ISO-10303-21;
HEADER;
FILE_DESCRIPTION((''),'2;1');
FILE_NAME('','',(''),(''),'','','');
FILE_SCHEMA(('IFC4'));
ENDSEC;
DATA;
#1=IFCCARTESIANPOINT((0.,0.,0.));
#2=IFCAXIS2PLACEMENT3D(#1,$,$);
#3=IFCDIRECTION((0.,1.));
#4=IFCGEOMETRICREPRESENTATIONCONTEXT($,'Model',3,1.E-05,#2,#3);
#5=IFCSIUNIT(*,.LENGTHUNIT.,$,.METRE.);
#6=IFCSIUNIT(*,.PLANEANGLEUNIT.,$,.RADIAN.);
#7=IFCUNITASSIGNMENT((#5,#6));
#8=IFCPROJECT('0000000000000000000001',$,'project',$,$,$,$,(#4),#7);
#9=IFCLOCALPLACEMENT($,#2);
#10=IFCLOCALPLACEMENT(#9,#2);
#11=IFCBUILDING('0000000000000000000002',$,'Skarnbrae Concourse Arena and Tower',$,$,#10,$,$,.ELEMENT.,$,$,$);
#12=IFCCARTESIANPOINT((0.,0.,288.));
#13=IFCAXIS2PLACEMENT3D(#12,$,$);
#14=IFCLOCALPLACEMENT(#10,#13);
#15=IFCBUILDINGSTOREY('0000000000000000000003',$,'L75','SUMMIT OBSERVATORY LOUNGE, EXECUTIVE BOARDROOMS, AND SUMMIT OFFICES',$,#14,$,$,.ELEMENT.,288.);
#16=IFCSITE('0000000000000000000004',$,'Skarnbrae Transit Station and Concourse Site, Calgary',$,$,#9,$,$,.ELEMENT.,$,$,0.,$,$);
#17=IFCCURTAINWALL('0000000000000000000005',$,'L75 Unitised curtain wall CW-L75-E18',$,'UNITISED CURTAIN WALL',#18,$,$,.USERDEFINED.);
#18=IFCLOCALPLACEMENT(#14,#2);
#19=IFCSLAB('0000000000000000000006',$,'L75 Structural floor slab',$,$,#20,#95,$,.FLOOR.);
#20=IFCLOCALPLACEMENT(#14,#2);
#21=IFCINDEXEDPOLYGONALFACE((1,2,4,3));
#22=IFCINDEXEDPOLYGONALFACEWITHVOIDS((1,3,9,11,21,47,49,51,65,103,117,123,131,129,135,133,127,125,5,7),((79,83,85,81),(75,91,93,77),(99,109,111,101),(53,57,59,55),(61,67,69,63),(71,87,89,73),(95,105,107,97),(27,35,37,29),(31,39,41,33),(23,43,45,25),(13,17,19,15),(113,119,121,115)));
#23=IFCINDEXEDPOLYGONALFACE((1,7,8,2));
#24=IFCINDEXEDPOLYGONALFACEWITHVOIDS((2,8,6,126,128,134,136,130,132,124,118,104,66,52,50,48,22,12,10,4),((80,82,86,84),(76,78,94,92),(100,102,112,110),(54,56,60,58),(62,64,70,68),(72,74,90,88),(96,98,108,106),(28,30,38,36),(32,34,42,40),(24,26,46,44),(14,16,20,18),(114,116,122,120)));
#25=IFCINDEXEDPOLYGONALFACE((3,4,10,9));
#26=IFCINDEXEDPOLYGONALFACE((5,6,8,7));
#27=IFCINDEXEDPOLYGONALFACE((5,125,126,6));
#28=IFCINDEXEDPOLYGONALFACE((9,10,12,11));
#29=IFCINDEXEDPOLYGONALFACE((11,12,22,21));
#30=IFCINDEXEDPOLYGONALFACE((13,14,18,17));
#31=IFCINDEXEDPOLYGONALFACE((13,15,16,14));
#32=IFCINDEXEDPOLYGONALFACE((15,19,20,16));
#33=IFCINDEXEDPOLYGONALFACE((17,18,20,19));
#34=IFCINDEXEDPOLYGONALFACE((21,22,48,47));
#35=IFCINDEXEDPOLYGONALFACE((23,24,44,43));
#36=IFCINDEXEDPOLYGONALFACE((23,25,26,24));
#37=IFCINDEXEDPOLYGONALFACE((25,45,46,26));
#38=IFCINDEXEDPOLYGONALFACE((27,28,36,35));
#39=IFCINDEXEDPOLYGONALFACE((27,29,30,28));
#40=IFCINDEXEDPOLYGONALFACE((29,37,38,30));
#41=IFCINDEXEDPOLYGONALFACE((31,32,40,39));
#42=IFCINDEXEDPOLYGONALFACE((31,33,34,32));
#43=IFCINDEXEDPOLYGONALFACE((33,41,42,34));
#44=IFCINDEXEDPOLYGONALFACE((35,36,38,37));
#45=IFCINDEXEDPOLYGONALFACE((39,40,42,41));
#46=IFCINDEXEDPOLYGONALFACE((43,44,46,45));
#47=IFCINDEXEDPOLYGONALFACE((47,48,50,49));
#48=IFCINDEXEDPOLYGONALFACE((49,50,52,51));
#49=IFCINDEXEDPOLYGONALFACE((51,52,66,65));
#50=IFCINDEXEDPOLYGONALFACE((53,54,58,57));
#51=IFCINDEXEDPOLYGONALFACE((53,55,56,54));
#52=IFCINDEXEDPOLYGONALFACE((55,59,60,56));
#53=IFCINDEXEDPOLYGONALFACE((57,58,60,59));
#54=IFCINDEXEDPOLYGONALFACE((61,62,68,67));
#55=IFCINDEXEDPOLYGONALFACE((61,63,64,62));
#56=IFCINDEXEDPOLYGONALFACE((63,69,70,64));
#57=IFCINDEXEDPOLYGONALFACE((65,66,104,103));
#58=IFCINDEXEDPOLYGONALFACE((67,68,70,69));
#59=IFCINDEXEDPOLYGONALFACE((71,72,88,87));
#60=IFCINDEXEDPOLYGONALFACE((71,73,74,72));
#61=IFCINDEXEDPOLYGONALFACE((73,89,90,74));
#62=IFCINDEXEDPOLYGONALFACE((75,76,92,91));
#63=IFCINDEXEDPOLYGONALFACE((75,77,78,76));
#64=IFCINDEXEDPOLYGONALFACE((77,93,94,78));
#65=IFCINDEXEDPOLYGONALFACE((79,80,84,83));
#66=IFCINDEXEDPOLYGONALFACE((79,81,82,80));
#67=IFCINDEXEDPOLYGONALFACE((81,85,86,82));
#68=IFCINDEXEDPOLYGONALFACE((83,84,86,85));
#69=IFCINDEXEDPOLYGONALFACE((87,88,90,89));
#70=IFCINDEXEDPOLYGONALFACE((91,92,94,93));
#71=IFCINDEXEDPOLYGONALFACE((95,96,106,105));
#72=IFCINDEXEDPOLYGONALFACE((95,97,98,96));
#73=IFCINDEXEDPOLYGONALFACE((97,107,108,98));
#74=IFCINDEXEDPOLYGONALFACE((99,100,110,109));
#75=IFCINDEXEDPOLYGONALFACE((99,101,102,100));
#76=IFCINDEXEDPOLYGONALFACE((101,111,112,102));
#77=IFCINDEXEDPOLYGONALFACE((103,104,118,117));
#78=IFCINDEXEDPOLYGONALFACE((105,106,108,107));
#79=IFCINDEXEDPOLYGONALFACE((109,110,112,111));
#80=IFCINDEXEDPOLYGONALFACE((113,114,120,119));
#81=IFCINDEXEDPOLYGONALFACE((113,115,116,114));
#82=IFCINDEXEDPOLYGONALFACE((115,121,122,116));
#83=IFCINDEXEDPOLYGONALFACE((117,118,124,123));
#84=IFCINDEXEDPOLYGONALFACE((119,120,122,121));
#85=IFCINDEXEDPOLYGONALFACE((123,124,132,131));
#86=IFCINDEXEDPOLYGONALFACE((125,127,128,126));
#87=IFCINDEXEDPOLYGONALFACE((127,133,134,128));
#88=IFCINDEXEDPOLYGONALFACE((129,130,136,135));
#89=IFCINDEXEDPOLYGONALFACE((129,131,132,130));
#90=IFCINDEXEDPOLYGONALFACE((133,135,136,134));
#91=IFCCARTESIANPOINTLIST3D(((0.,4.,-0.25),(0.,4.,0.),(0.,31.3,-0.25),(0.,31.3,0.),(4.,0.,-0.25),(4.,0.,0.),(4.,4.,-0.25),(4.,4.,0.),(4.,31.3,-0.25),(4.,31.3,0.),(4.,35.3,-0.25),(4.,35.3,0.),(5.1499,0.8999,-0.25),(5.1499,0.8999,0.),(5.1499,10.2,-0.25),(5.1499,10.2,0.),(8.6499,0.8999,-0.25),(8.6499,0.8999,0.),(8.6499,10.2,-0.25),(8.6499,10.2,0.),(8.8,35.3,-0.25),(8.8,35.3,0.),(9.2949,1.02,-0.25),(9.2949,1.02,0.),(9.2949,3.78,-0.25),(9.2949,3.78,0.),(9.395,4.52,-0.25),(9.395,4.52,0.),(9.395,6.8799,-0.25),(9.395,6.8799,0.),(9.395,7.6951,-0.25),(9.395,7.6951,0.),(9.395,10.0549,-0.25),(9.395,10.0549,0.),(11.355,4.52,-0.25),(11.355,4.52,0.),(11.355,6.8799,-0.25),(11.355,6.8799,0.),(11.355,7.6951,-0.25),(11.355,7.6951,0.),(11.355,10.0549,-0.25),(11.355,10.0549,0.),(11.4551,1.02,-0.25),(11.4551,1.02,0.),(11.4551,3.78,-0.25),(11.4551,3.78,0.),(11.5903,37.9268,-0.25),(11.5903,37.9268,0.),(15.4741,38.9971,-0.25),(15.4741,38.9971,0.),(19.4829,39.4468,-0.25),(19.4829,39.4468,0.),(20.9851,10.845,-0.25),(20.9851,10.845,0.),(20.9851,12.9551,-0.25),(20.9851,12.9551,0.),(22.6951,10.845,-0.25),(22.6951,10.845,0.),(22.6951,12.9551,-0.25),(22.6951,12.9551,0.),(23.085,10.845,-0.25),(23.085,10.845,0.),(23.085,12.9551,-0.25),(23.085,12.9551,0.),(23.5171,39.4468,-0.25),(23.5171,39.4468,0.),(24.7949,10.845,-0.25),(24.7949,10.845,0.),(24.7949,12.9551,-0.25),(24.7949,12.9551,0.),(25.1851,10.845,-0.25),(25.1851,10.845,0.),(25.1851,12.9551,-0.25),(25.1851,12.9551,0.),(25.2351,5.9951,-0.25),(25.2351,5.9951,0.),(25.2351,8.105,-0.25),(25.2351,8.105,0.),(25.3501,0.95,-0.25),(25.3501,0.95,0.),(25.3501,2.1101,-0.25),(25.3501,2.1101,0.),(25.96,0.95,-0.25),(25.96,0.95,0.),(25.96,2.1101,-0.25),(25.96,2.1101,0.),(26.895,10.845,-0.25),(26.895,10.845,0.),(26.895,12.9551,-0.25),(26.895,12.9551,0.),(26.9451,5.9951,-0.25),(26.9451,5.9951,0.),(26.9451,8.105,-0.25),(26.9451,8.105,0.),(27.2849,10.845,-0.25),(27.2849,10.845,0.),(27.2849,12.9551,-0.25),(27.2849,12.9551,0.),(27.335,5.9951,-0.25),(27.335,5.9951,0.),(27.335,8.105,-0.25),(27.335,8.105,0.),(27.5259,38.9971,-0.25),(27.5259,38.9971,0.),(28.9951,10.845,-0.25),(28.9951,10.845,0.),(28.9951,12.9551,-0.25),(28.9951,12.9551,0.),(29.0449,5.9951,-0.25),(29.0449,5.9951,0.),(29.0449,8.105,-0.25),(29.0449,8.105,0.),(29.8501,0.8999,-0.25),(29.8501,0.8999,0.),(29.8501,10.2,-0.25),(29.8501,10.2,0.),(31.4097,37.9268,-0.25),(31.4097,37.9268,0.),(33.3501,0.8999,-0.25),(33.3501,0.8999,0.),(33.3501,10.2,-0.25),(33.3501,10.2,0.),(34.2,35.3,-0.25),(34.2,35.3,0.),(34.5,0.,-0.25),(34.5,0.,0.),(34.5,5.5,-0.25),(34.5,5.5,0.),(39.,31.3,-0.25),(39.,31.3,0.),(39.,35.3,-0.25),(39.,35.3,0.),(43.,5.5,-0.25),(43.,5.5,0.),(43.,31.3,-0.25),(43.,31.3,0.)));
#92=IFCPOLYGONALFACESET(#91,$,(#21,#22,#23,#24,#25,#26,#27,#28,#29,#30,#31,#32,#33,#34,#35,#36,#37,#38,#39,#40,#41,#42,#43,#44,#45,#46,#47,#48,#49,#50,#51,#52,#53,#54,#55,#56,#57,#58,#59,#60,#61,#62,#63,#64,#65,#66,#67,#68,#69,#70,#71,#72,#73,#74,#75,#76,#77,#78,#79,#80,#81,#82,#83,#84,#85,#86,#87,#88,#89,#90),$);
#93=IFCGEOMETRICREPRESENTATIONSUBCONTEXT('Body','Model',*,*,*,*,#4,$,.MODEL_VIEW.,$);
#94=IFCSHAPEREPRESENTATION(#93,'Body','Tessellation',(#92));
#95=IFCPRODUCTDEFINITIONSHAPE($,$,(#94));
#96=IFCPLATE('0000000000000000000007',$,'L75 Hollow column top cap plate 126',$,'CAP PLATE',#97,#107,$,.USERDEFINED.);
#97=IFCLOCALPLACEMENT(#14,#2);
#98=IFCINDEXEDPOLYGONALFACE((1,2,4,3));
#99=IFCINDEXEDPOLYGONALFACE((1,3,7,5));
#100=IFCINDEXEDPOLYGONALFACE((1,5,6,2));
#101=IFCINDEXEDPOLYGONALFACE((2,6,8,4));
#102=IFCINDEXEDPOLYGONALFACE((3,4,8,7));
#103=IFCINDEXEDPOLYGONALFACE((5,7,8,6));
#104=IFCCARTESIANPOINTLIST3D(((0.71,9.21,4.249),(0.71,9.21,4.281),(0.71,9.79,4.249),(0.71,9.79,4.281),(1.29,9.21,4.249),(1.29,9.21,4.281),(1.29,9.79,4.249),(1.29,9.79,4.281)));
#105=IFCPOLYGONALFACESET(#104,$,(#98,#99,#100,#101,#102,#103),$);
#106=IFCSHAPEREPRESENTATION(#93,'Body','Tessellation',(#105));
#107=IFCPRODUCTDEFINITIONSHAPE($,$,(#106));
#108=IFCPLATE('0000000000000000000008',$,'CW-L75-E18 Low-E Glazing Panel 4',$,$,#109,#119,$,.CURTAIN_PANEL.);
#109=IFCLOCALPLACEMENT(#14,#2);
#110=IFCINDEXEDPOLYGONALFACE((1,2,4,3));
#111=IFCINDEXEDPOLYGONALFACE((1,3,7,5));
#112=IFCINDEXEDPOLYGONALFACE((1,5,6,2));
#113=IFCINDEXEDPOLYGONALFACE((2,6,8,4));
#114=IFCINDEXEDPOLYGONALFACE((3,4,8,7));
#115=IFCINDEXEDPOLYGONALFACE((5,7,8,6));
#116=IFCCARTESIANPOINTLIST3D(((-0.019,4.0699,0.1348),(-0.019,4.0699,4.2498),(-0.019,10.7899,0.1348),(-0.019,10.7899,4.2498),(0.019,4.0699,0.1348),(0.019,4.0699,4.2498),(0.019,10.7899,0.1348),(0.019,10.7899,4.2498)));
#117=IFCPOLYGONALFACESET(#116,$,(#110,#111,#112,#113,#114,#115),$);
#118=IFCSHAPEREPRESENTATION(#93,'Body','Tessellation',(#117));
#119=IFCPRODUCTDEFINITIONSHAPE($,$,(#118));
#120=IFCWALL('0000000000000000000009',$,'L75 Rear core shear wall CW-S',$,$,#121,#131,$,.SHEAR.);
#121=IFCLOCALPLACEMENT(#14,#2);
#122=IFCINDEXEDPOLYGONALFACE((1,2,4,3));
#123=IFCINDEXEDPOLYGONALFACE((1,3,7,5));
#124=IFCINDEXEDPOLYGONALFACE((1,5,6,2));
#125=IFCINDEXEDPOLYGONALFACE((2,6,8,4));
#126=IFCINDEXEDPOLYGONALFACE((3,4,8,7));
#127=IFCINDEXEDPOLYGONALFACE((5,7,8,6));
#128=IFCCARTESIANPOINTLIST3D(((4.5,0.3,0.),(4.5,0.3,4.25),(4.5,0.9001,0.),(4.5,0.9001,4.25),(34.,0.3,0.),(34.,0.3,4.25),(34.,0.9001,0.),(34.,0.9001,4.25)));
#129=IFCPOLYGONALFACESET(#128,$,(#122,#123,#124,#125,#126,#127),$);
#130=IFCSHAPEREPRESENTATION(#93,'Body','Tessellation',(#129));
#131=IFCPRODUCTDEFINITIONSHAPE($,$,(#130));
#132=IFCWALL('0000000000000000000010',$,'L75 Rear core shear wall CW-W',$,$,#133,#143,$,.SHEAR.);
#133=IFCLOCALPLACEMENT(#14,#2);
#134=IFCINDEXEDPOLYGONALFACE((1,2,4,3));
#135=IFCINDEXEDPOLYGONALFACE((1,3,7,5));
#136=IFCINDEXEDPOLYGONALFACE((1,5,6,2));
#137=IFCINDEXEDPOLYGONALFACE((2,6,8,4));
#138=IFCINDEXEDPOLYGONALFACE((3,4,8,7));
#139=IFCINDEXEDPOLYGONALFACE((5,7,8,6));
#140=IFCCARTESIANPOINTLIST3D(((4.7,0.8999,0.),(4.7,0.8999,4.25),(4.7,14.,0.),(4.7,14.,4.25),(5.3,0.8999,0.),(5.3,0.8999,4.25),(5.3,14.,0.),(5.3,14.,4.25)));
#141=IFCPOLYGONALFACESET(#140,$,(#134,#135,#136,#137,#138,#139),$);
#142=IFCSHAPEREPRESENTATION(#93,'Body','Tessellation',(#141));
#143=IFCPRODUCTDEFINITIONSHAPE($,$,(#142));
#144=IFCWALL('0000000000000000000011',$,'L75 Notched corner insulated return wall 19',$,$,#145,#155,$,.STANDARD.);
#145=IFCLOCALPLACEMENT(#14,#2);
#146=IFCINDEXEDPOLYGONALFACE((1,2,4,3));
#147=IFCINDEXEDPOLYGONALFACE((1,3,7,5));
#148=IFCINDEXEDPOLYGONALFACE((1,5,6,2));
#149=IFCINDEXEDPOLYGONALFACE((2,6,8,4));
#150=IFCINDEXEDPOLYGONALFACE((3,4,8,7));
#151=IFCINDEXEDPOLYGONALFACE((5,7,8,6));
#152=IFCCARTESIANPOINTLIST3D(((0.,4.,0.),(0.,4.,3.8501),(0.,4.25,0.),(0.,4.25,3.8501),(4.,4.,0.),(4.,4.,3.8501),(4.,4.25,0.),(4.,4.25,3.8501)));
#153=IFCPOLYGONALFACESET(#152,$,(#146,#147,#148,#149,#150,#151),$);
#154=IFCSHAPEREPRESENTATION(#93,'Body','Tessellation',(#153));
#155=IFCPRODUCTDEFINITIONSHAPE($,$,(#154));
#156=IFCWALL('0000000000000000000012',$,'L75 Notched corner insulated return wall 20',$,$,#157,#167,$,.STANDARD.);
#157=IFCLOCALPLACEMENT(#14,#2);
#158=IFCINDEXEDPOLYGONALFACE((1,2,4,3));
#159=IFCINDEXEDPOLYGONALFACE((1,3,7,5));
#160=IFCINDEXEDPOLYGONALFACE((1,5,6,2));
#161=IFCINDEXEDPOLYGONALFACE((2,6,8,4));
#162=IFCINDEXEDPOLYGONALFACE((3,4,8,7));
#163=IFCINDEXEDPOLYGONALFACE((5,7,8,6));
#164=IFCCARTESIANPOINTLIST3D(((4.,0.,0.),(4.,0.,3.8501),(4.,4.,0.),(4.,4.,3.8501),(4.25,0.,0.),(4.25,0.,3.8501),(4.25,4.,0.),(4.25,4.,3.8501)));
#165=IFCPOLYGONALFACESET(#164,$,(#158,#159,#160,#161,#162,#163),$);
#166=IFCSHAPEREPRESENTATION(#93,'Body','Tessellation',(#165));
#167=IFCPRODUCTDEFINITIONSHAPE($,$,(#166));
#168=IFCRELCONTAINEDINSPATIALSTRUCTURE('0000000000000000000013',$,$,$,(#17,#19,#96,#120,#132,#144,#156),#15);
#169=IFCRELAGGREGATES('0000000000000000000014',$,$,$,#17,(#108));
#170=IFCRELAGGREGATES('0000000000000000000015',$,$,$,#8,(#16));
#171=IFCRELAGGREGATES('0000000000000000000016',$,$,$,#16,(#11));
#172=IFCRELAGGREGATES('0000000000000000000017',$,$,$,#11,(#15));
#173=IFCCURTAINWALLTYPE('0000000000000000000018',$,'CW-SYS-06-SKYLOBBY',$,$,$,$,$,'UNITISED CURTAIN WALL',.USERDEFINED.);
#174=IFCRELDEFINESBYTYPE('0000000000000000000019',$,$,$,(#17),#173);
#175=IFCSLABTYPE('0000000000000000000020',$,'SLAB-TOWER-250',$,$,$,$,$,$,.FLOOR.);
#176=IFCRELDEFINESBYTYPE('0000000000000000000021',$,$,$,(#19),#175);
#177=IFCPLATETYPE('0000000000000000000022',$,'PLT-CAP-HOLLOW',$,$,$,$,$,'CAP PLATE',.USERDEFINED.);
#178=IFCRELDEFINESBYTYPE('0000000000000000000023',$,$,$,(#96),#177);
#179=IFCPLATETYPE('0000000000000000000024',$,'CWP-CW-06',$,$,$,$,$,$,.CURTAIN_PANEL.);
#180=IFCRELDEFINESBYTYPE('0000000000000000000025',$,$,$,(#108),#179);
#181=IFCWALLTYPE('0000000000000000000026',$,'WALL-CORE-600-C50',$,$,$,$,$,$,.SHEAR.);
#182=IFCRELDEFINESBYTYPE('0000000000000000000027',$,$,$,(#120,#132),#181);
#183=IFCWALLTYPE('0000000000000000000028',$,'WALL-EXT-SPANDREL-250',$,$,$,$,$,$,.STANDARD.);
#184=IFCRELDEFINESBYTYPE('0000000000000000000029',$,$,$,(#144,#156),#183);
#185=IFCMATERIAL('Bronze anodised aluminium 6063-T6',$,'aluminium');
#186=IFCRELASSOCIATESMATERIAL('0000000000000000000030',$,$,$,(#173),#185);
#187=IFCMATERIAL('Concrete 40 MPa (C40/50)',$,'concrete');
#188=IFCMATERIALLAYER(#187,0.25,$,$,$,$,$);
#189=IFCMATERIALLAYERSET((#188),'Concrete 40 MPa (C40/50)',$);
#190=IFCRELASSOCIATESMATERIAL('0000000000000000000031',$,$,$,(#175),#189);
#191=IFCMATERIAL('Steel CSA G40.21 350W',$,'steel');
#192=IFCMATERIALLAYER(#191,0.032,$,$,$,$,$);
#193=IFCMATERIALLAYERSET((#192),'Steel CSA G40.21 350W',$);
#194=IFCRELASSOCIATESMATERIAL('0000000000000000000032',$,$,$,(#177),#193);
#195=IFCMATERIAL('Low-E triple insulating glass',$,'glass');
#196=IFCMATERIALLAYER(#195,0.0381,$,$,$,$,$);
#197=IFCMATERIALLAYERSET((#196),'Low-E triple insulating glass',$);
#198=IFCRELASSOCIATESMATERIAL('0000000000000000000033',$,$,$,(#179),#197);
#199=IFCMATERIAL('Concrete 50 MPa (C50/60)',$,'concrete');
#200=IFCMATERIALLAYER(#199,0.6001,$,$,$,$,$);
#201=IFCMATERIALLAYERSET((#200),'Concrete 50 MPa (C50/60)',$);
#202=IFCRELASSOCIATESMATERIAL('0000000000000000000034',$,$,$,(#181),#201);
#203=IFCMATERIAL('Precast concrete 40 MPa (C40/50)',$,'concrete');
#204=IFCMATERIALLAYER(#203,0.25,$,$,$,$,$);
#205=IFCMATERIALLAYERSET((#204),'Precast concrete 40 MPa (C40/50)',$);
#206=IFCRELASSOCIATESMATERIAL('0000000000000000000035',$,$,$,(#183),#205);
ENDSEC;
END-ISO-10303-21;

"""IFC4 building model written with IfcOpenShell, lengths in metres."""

from ifc_helpers import new_model, si_unit, direction, frame, frame_2d, origin, origin_2d, place, context, subcontext, project, spatial, polyline, rectangle, outline, extrude, source, transform, mapped, material, layer, layer_set, type_object, element, aggregate, save


model = new_model("IFC4")

# Units and contexts
model_context = context("Model", 3, precision=1e-05, world=origin(), true_north=direction((0.0, 1.0)))
body_context = subcontext(model_context, "Body", "Model", "MODEL_VIEW")
ifc_project = project(units=[si_unit("LENGTHUNIT", "METRE"), si_unit("PLANEANGLEUNIT", "RADIAN")], contexts=[model_context])

# Site, building, storey
site_placement = place(None, origin())
site = spatial("IfcSite", under=ifc_project, at=site_placement, Name="Skarnbrae Transit Station and Concourse Site, Calgary", CompositionType="ELEMENT", RefElevation=0.0)
building_placement = place(site_placement, origin())
building = spatial("IfcBuilding", under=site, at=building_placement, Name="Skarnbrae Concourse Arena and Tower", CompositionType="ELEMENT")
storey_placement = place(building_placement, frame((0.0, 0.0, 288.0)))
storey = spatial("IfcBuildingStorey", under=building, at=storey_placement, Name="L75", Description="SUMMIT OBSERVATORY LOUNGE, EXECUTIVE BOARDROOMS, AND SUMMIT OFFICES", CompositionType="ELEMENT", Elevation=288.0)

# Shared definitions
ifc_material_1 = material(Name="Steel CSA G40.21 350W", Category="steel")

# Curtain wall
ifc_material_2 = material(Name="Bronze anodised aluminium 6063-T6", Category="aluminium")
curtain_wall_type = type_object("IfcCurtainWallType", Name="CW-SYS-06-SKYLOBBY", ElementType="UNITISED CURTAIN WALL", PredefinedType="USERDEFINED", material=ifc_material_2)
curtain_wall_placement = place(storey_placement, origin())
curtain_wall = element("IfcCurtainWall", 1, at=curtain_wall_placement, inside=storey, type_object=curtain_wall_type, Name="L75 Unitised curtain wall CW-L75-E18", ObjectType="UNITISED CURTAIN WALL", PredefinedType="USERDEFINED")

# Shared definitions
ifc_material_3 = material(Name="Concrete 40 MPa (C40/50)", Category="concrete")

# Slab
ifc_layer_1 = layer(ifc_material_3, 0.25)
ifc_layer_set_1 = layer_set([ifc_layer_1], Name="Concrete 40 MPa (C40/50)")
slab_type_1 = type_object("IfcSlabType", Name="SLAB-TOWER-250", PredefinedType="FLOOR", material=ifc_layer_set_1)
slab_1_placement = place(storey_placement, frame((0.0, 0.0, -0.25)))
element("IfcSlab", 2, at=slab_1_placement, inside=storey, type_object=slab_type_1, Name="L75 Structural floor slab", PredefinedType="FLOOR", context=body_context, shape_type="SweptSolid", body=[
    extrude(outline(polyline([(4.0, 0.0), (34.5, 0.0), (34.5, 5.5), (43.0, 5.5), (43.0, 31.3), (39.0, 31.3), (39.0, 35.3), (34.2, 35.3), (31.4097, 37.9268), (27.5259, 38.9971), (23.5171, 39.4468), (19.4829, 39.4468), (15.4741, 38.9971), (11.5903, 37.9268), (8.8, 35.3), (4.0, 35.3), (4.0, 31.3), (0.0, 31.3), (0.0, 4.0), (4.0, 4.0), (4.0, 0.0)]), holes=[polyline([(9.2949, 1.02), (9.2949, 3.78), (11.4551, 3.78), (11.4551, 1.02), (9.2949, 1.02)]), polyline([(8.6499, 10.2), (8.6499, 0.8999), (5.1499, 0.8999), (5.1499, 10.2), (8.6499, 10.2)]), polyline([(9.395, 6.8799), (11.355, 6.8799), (11.355, 4.52), (9.395, 4.52), (9.395, 6.8799)]), polyline([(9.395, 7.6951), (9.395, 10.0549), (11.355, 10.0549), (11.355, 7.6951), (9.395, 7.6951)]), polyline([(20.9851, 12.9551), (22.6951, 12.9551), (22.6951, 10.845), (20.9851, 10.845), (20.9851, 12.9551)]), polyline([(23.085, 12.9551), (24.7949, 12.9551), (24.7949, 10.845), (23.085, 10.845), (23.085, 12.9551)]), polyline([(25.3501, 0.95), (25.3501, 2.1101), (25.96, 2.1101), (25.96, 0.95), (25.3501, 0.95)]), polyline([(33.3501, 10.2), (33.3501, 0.8999), (29.8501, 0.8999), (29.8501, 10.2), (33.3501, 10.2)]), polyline([(25.2351, 8.105), (26.9451, 8.105), (26.9451, 5.9951), (25.2351, 5.9951), (25.2351, 8.105)]), polyline([(27.335, 5.9951), (27.335, 8.105), (29.0449, 8.105), (29.0449, 5.9951), (27.335, 5.9951)]), polyline([(25.1851, 12.9551), (26.895, 12.9551), (26.895, 10.845), (25.1851, 10.845), (25.1851, 12.9551)]), polyline([(27.2849, 12.9551), (28.9951, 12.9551), (28.9951, 10.845), (27.2849, 10.845), (27.2849, 12.9551)])]), origin(), (0.0, 0.0, 1.0), 0.25),
])

# Plates
ifc_layer_2 = layer(ifc_material_1, 0.032)
ifc_layer_set_2 = layer_set([ifc_layer_2], Name="Steel CSA G40.21 350W")
plate_type_1 = type_object("IfcPlateType", Name="PLT-CAP-HOLLOW", ElementType="CAP PLATE", PredefinedType="USERDEFINED", material=ifc_layer_set_2)
shared_shape_1 = source(origin(), body_context, "Body", "SweptSolid", [
    extrude(rectangle(XDim=0.5801, YDim=0.5801, at=origin_2d()), origin(), (0.0, 0.0, 1.0), 0.032),
])
plate_1_placement = place(storey_placement, frame((1.0, 9.5, 4.249), z_axis=(0.0, 0.0, 1.0), x_axis=(1.0, 0.0, 0.0)))
element("IfcPlate", 3, at=plate_1_placement, inside=storey, type_object=plate_type_1, Name="L75 Hollow column top cap plate 126", ObjectType="CAP PLATE", PredefinedType="USERDEFINED", context=body_context, shape_type="MappedRepresentation", body=[
    mapped(shared_shape_1, transform((0.0, 0.0, 0.0))),
])
ifc_material_4 = material(Name="Low-E triple insulating glass", Category="glass")
ifc_layer_3 = layer(ifc_material_4, 0.0381)
ifc_layer_set_3 = layer_set([ifc_layer_3], Name="Low-E triple insulating glass")
plate_type_2 = type_object("IfcPlateType", Name="CWP-CW-06", PredefinedType="CURTAIN_PANEL", material=ifc_layer_set_3)
shared_shape_2 = source(origin(), body_context, "Body", "SweptSolid", [
    extrude(rectangle(XDim=6.72, YDim=0.0381, at=origin_2d()), origin(), (0.0, 0.0, 1.0), 4.115),
])
plate_2_placement = place(storey_placement, frame((0.0, 7.4299, 0.1348), z_axis=(0.0, 0.0, 1.0), x_axis=(0.0, -1.0, 0.0)))
plate_2 = element("IfcPlate", 4, at=plate_2_placement, type_object=plate_type_2, Name="CW-L75-E18 Low-E Glazing Panel 4", PredefinedType="CURTAIN_PANEL", context=body_context, shape_type="MappedRepresentation", body=[
    mapped(shared_shape_2, transform((0.0, 0.0, 0.0))),
])
aggregate(curtain_wall, [plate_2])

# Walls
ifc_material_5 = material(Name="Concrete 50 MPa (C50/60)", Category="concrete")
ifc_layer_4 = layer(ifc_material_5, 0.6001)
ifc_layer_set_4 = layer_set([ifc_layer_4], Name="Concrete 50 MPa (C50/60)")
wall_type_1 = type_object("IfcWallType", Name="WALL-CORE-600-C50", PredefinedType="SHEAR", material=ifc_layer_set_4)
shared_shape_3 = source(origin(), body_context, "Body", "SweptSolid", [
    extrude(rectangle(XDim=29.5, YDim=0.6001, at=frame_2d((14.75, 0.0))), origin(), (0.0, 0.0, 1.0), 4.25),
])
wall_1_placement = place(storey_placement, frame((4.5, 0.6001, 0.0), z_axis=(0.0, 0.0, 1.0), x_axis=(1.0, 0.0, 0.0)))
element("IfcWall", 5, at=wall_1_placement, inside=storey, type_object=wall_type_1, Name="L75 Rear core shear wall CW-S", PredefinedType="SHEAR", context=body_context, shape_type="MappedRepresentation", body=[
    mapped(shared_shape_3, transform((0.0, 0.0, 0.0))),
])
shared_shape_4 = source(origin(), body_context, "Body", "SweptSolid", [
    extrude(rectangle(XDim=13.1001, YDim=0.6001, at=frame_2d((6.55, 0.0))), origin(), (0.0, 0.0, 1.0), 4.25),
])
wall_2_placement = place(storey_placement, frame((5.0, 0.8999, 0.0), z_axis=(0.0, 0.0, 1.0), x_axis=(0.0, 1.0, 0.0)))
element("IfcWall", 6, at=wall_2_placement, inside=storey, type_object=wall_type_1, Name="L75 Rear core shear wall CW-W", PredefinedType="SHEAR", context=body_context, shape_type="MappedRepresentation", body=[
    mapped(shared_shape_4, transform((0.0, 0.0, 0.0))),
])

# Walls
ifc_material_6 = material(Name="Precast concrete 40 MPa (C40/50)", Category="concrete")
ifc_layer_5 = layer(ifc_material_6, 0.25)
ifc_layer_set_5 = layer_set([ifc_layer_5], Name="Precast concrete 40 MPa (C40/50)")
wall_type_2 = type_object("IfcWallType", Name="WALL-EXT-SPANDREL-250", PredefinedType="STANDARD", material=ifc_layer_set_5)
shared_shape_5 = source(origin(), body_context, "Body", "SweptSolid", [
    extrude(rectangle(XDim=4.0, YDim=0.25, at=frame_2d((2.0, 0.0))), origin(), (0.0, 0.0, 1.0), 3.8501),
])
for number, where, z_axis, x_axis, name in (
    (7, (0.0, 4.125, 0.0), (0.0, 0.0, 1.0), (1.0, 0.0, 0.0), "L75 Notched corner insulated return wall 19"),
    (8, (4.125, 4.0, 0.0), (0.0, 0.0, 1.0), (0.0, -1.0, 0.0), "L75 Notched corner insulated return wall 20"),
):
    element("IfcWall", number, at=place(storey_placement, frame(where, z_axis=z_axis, x_axis=x_axis)), inside=storey, type_object=wall_type_2, Name=name, PredefinedType="STANDARD", context=body_context, shape_type="MappedRepresentation", body=[
        mapped(shared_shape_5, transform((0.0, 0.0, 0.0))),
    ])

save(model, "model.ifc")
